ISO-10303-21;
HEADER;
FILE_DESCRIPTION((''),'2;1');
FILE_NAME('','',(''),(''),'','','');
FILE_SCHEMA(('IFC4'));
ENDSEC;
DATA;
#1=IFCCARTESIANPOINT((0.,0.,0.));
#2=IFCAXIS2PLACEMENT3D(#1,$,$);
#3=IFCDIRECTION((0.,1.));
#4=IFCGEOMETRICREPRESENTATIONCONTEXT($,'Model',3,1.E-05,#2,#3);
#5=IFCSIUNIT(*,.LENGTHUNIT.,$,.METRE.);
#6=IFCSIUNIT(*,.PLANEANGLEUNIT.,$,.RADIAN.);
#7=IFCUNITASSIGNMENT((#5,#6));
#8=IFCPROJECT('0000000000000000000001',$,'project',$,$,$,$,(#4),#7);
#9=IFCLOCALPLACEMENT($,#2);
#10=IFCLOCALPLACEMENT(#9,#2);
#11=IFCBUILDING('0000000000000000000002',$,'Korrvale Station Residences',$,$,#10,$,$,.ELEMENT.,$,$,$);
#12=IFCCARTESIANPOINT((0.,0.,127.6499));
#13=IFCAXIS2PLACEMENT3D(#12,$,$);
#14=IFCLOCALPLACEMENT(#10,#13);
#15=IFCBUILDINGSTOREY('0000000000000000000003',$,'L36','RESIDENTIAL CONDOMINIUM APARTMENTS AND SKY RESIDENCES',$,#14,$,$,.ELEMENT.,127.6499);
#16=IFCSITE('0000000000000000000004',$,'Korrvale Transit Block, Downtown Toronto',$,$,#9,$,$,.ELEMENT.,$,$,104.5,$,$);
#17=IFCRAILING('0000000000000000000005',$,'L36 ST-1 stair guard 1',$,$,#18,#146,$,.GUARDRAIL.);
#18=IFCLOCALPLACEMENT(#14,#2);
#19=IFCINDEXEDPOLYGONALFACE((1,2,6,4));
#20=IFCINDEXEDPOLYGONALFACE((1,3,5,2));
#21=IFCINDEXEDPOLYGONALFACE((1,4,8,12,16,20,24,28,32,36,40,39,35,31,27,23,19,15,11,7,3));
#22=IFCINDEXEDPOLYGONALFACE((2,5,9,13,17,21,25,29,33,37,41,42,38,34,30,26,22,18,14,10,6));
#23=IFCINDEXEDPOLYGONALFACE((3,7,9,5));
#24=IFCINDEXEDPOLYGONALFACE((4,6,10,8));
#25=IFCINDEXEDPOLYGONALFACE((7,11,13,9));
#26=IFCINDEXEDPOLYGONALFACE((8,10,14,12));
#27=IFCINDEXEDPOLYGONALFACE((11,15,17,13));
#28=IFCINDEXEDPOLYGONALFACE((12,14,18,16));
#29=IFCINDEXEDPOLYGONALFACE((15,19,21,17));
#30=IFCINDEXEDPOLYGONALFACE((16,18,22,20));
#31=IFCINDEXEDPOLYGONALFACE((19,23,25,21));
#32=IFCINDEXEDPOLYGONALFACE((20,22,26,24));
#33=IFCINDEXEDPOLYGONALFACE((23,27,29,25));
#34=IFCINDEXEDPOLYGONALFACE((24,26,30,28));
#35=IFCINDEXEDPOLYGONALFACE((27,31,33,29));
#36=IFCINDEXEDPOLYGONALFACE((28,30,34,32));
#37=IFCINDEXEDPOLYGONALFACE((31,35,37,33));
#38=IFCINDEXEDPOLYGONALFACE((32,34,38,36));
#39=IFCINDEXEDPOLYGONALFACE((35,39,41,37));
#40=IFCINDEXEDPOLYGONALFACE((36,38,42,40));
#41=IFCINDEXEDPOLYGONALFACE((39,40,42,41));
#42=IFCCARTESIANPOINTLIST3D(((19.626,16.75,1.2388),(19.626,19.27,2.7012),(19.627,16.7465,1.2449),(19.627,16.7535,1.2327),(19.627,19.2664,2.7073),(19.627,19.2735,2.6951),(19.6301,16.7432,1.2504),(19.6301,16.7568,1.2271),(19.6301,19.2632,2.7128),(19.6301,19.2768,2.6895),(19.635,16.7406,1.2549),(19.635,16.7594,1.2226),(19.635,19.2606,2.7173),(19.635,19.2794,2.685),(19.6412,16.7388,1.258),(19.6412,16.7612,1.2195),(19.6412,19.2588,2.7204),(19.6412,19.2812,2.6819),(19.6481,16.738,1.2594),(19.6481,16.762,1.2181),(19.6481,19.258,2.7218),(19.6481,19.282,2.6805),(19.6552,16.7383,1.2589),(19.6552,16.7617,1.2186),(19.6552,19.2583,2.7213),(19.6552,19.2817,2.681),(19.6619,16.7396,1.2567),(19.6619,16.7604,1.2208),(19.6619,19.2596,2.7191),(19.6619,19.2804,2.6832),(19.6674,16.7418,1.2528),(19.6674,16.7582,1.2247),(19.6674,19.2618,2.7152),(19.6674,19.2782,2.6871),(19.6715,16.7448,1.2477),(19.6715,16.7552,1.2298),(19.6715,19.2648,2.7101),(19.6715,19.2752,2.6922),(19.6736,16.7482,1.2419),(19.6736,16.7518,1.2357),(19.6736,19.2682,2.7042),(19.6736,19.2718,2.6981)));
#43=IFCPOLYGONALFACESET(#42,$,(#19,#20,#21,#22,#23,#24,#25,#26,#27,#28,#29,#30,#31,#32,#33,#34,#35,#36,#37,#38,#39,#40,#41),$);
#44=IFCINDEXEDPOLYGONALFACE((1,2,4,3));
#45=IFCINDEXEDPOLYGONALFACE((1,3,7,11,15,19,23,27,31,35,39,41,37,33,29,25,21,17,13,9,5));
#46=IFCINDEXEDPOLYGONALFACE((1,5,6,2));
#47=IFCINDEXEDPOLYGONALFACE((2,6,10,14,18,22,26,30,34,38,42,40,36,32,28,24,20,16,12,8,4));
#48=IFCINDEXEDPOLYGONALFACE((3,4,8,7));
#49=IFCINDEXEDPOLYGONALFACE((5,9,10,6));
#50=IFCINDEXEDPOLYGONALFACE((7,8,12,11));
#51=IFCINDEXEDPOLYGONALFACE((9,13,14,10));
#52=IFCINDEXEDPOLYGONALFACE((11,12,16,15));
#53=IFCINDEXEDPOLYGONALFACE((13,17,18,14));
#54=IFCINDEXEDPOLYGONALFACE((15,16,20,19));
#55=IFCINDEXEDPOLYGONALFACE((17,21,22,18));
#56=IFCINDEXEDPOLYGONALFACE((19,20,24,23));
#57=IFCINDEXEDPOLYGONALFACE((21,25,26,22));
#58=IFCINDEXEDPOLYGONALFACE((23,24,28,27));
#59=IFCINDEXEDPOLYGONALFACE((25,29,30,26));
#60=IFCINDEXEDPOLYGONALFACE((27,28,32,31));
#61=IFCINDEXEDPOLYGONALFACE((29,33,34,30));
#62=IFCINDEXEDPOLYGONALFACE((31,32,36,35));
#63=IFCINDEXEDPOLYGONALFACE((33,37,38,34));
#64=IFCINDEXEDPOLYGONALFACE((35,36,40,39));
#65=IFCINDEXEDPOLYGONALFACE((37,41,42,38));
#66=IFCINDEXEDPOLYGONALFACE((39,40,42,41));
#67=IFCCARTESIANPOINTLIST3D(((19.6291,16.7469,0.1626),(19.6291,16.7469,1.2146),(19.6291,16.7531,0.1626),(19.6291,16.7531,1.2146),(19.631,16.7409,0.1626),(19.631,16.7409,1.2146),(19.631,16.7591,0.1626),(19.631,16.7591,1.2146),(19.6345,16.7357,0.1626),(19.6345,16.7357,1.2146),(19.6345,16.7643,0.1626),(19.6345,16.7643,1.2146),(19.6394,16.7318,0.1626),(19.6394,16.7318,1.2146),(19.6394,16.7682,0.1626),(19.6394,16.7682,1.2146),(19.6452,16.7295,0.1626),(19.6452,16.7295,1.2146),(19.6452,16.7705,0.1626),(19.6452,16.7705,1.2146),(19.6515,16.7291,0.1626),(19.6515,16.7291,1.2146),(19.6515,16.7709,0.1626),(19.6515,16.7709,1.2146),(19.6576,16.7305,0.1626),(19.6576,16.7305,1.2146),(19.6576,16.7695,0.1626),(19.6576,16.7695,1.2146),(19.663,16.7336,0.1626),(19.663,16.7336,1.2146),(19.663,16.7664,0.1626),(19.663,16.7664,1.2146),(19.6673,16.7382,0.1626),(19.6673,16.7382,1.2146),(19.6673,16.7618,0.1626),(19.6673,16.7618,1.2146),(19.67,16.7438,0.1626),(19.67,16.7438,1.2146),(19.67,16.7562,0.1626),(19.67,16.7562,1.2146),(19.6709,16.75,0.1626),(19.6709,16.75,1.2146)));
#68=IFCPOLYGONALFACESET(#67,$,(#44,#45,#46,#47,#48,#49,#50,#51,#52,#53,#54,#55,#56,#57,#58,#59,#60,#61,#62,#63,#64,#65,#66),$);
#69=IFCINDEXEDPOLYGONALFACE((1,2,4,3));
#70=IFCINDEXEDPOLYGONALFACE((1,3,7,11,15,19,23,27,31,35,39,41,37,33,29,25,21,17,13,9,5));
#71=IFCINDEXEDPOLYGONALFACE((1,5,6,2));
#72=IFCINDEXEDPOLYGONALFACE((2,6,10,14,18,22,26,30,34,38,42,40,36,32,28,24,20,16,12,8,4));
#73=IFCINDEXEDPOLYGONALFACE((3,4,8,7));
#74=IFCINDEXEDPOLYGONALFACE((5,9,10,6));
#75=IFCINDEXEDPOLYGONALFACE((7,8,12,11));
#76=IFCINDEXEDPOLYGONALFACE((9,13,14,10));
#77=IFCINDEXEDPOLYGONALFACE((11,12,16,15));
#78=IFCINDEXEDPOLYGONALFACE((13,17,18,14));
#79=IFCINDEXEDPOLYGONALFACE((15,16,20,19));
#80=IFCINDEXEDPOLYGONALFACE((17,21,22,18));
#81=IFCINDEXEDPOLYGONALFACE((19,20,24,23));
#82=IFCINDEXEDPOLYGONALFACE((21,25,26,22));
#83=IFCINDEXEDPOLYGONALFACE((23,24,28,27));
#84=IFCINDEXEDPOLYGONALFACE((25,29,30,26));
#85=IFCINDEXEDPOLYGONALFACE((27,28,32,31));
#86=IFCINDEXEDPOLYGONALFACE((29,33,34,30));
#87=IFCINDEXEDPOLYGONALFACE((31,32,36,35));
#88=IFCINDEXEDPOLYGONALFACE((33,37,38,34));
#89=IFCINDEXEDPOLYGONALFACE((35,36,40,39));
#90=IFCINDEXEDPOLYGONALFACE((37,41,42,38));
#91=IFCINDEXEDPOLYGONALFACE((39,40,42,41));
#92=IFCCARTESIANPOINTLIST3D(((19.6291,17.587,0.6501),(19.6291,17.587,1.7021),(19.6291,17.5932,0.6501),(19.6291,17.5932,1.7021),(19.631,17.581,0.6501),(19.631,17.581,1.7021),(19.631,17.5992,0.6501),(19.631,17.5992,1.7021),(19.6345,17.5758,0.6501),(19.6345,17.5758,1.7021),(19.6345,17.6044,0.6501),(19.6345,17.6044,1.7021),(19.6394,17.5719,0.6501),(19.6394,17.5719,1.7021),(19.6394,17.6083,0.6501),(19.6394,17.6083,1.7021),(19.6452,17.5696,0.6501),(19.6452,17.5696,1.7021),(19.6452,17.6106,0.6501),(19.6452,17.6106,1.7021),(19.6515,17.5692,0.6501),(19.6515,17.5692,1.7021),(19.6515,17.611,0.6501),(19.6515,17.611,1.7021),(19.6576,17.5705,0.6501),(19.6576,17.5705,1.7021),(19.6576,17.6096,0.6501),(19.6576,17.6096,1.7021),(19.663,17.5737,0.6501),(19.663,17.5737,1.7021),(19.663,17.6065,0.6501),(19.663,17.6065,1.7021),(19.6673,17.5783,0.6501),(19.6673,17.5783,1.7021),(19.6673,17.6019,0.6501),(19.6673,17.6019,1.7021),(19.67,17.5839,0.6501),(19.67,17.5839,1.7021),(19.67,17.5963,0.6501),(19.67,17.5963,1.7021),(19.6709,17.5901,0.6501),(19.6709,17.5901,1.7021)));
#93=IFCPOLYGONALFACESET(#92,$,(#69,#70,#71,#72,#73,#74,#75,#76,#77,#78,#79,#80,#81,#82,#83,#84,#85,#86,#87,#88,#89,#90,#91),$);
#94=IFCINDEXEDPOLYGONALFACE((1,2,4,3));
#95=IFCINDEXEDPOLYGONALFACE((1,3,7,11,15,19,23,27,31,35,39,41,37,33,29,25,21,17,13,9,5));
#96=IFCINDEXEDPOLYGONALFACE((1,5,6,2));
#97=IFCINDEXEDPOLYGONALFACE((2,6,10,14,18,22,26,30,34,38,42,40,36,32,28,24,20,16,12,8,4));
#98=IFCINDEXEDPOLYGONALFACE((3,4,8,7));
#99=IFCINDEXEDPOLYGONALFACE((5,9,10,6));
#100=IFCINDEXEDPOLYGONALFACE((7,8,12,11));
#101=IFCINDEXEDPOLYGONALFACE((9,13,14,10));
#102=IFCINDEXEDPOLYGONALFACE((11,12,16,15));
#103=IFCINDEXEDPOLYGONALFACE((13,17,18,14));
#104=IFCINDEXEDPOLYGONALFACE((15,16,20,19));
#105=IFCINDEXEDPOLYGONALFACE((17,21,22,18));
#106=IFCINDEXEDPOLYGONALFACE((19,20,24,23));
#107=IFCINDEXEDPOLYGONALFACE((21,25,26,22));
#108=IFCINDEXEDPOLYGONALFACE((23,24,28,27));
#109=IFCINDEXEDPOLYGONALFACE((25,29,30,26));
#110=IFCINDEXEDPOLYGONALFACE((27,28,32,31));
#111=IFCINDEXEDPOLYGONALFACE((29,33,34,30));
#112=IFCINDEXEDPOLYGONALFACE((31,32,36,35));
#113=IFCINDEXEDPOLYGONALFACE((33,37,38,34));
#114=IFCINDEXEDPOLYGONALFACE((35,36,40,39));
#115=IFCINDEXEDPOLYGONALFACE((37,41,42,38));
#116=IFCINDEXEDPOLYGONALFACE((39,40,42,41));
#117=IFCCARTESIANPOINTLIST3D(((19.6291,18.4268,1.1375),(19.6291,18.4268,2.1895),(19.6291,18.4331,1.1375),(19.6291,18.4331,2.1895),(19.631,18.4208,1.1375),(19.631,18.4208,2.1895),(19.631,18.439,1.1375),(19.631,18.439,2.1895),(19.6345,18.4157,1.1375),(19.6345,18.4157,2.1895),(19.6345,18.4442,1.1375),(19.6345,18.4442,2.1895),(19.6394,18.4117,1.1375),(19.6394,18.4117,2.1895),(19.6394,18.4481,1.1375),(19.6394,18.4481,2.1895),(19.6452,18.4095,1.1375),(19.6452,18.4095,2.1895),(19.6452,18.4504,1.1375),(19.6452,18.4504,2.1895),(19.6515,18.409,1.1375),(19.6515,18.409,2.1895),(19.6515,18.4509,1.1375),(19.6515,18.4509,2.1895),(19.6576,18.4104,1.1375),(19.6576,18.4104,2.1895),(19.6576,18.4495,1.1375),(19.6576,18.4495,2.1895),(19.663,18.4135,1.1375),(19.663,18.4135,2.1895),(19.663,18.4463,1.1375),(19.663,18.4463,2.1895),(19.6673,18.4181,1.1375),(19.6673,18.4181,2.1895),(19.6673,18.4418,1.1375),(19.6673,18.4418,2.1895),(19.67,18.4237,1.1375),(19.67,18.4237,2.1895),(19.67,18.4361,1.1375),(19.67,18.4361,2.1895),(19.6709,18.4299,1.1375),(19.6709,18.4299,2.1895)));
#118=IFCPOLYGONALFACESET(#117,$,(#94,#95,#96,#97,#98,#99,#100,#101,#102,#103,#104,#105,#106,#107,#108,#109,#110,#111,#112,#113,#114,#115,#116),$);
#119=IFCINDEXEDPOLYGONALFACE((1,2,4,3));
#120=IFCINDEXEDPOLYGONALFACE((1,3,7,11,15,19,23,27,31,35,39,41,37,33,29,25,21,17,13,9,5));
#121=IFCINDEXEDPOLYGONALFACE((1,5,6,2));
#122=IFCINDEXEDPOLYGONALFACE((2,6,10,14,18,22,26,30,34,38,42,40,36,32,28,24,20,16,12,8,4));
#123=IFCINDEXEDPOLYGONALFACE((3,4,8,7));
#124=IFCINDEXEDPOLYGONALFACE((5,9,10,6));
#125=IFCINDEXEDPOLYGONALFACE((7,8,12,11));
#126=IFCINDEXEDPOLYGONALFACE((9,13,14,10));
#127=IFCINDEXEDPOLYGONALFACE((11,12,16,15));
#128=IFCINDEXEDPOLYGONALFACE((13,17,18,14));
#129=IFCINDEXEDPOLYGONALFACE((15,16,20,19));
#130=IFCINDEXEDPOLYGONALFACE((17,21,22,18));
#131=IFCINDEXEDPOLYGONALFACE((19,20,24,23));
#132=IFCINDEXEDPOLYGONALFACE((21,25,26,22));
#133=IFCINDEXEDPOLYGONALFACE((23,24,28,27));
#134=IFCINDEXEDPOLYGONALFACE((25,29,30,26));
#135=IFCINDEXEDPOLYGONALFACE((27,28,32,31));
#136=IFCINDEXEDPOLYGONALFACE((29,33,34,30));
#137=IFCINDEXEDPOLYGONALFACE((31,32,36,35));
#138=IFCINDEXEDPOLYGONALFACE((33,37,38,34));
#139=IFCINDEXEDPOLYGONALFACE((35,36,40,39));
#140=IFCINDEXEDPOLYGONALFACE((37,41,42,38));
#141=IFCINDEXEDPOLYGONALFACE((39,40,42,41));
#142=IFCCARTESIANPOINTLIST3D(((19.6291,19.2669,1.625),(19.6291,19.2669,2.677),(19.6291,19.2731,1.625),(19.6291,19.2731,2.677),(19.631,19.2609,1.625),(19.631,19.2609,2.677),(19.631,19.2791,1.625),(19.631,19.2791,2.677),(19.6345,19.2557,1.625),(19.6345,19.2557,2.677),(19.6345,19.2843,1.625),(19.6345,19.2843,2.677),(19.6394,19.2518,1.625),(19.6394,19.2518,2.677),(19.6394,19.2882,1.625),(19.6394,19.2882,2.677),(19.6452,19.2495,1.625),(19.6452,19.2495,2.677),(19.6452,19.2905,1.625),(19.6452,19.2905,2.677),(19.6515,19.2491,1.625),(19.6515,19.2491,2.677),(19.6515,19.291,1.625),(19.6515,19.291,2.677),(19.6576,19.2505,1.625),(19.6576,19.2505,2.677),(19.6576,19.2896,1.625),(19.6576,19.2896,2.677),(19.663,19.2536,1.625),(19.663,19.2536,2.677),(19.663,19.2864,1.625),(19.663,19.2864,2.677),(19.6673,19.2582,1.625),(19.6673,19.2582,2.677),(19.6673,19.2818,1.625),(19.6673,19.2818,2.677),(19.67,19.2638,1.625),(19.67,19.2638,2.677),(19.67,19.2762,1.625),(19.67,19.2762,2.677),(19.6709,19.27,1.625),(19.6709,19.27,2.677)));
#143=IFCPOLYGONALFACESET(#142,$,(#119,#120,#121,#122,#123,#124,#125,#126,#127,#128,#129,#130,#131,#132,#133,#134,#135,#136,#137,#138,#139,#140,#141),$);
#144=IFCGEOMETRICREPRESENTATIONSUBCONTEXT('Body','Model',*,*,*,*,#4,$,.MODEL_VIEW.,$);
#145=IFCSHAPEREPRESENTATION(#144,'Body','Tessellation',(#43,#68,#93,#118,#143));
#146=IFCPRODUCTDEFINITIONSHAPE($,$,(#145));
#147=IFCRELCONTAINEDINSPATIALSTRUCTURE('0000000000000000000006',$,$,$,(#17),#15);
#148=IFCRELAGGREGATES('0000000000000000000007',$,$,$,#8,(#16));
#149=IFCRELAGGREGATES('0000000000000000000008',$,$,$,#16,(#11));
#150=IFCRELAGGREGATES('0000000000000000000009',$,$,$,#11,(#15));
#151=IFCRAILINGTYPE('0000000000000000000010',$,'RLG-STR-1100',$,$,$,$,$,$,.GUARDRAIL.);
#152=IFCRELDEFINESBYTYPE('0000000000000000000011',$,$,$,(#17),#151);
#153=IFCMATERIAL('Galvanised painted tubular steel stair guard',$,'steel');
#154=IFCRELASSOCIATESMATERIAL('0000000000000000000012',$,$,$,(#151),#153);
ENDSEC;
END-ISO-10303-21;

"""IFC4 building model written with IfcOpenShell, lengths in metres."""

from ifc_helpers import new_model, si_unit, direction, frame, origin, origin_2d, place, context, subcontext, project, spatial, circle, extrude, material, type_object, element, save


model = new_model("IFC4")

# Units and contexts
model_context = context("Model", 3, precision=1e-05, world=origin(), true_north=direction((0.0, 1.0)))
body_context = subcontext(model_context, "Body", "Model", "MODEL_VIEW")
ifc_project = project(units=[si_unit("LENGTHUNIT", "METRE"), si_unit("PLANEANGLEUNIT", "RADIAN")], contexts=[model_context])

# Site, building, storey
site_placement = place(None, origin())
site = spatial("IfcSite", under=ifc_project, at=site_placement, Name="Korrvale Transit Block, Downtown Toronto", CompositionType="ELEMENT", RefElevation=104.5)
building_placement = place(site_placement, origin())
building = spatial("IfcBuilding", under=site, at=building_placement, Name="Korrvale Station Residences", CompositionType="ELEMENT")
storey_placement = place(building_placement, frame((0.0, 0.0, 127.6499)))
storey = spatial("IfcBuildingStorey", under=building, at=storey_placement, Name="L36", Description="RESIDENTIAL CONDOMINIUM APARTMENTS AND SKY RESIDENCES", CompositionType="ELEMENT", Elevation=127.6499)

# Railing
ifc_material_1 = material(Name="Galvanised painted tubular steel stair guard", Category="steel")
railing_type_1 = type_object("IfcRailingType", Name="RLG-STR-1100", PredefinedType="GUARDRAIL", material=ifc_material_1)
railing_1_placement = place(storey_placement, frame((19.6499, 16.75, 0.1626)))
element("IfcRailing", 1, at=railing_1_placement, inside=storey, type_object=railing_type_1, Name="L36 ST-1 stair guard 1", PredefinedType="GUARDRAIL", context=body_context, shape_type="SweptSolid", body=[
    extrude(circle(Radius=0.0239, at=origin_2d()), frame((0.0, 0.0, 1.0762), z_axis=(0.0, 0.864913, 0.501921), x_axis=(-1.0, 0.0, 0.0)), (0.0, 0.0, 1.0), 2.9136),
    extrude(circle(Radius=0.021, at=origin_2d()), origin(), (0.0, 0.0, 1.0), 1.052),
    extrude(circle(Radius=0.021, at=origin_2d()), frame((0.0, 0.8401, 0.4875)), (0.0, 0.0, 1.0), 1.052),
    extrude(circle(Radius=0.021, at=origin_2d()), frame((0.0, 1.6799, 0.9749)), (0.0, 0.0, 1.0), 1.052),
    extrude(circle(Radius=0.021, at=origin_2d()), frame((0.0, 2.52, 1.4624)), (0.0, 0.0, 1.0), 1.052),
])

save(model, "model.ifc")
